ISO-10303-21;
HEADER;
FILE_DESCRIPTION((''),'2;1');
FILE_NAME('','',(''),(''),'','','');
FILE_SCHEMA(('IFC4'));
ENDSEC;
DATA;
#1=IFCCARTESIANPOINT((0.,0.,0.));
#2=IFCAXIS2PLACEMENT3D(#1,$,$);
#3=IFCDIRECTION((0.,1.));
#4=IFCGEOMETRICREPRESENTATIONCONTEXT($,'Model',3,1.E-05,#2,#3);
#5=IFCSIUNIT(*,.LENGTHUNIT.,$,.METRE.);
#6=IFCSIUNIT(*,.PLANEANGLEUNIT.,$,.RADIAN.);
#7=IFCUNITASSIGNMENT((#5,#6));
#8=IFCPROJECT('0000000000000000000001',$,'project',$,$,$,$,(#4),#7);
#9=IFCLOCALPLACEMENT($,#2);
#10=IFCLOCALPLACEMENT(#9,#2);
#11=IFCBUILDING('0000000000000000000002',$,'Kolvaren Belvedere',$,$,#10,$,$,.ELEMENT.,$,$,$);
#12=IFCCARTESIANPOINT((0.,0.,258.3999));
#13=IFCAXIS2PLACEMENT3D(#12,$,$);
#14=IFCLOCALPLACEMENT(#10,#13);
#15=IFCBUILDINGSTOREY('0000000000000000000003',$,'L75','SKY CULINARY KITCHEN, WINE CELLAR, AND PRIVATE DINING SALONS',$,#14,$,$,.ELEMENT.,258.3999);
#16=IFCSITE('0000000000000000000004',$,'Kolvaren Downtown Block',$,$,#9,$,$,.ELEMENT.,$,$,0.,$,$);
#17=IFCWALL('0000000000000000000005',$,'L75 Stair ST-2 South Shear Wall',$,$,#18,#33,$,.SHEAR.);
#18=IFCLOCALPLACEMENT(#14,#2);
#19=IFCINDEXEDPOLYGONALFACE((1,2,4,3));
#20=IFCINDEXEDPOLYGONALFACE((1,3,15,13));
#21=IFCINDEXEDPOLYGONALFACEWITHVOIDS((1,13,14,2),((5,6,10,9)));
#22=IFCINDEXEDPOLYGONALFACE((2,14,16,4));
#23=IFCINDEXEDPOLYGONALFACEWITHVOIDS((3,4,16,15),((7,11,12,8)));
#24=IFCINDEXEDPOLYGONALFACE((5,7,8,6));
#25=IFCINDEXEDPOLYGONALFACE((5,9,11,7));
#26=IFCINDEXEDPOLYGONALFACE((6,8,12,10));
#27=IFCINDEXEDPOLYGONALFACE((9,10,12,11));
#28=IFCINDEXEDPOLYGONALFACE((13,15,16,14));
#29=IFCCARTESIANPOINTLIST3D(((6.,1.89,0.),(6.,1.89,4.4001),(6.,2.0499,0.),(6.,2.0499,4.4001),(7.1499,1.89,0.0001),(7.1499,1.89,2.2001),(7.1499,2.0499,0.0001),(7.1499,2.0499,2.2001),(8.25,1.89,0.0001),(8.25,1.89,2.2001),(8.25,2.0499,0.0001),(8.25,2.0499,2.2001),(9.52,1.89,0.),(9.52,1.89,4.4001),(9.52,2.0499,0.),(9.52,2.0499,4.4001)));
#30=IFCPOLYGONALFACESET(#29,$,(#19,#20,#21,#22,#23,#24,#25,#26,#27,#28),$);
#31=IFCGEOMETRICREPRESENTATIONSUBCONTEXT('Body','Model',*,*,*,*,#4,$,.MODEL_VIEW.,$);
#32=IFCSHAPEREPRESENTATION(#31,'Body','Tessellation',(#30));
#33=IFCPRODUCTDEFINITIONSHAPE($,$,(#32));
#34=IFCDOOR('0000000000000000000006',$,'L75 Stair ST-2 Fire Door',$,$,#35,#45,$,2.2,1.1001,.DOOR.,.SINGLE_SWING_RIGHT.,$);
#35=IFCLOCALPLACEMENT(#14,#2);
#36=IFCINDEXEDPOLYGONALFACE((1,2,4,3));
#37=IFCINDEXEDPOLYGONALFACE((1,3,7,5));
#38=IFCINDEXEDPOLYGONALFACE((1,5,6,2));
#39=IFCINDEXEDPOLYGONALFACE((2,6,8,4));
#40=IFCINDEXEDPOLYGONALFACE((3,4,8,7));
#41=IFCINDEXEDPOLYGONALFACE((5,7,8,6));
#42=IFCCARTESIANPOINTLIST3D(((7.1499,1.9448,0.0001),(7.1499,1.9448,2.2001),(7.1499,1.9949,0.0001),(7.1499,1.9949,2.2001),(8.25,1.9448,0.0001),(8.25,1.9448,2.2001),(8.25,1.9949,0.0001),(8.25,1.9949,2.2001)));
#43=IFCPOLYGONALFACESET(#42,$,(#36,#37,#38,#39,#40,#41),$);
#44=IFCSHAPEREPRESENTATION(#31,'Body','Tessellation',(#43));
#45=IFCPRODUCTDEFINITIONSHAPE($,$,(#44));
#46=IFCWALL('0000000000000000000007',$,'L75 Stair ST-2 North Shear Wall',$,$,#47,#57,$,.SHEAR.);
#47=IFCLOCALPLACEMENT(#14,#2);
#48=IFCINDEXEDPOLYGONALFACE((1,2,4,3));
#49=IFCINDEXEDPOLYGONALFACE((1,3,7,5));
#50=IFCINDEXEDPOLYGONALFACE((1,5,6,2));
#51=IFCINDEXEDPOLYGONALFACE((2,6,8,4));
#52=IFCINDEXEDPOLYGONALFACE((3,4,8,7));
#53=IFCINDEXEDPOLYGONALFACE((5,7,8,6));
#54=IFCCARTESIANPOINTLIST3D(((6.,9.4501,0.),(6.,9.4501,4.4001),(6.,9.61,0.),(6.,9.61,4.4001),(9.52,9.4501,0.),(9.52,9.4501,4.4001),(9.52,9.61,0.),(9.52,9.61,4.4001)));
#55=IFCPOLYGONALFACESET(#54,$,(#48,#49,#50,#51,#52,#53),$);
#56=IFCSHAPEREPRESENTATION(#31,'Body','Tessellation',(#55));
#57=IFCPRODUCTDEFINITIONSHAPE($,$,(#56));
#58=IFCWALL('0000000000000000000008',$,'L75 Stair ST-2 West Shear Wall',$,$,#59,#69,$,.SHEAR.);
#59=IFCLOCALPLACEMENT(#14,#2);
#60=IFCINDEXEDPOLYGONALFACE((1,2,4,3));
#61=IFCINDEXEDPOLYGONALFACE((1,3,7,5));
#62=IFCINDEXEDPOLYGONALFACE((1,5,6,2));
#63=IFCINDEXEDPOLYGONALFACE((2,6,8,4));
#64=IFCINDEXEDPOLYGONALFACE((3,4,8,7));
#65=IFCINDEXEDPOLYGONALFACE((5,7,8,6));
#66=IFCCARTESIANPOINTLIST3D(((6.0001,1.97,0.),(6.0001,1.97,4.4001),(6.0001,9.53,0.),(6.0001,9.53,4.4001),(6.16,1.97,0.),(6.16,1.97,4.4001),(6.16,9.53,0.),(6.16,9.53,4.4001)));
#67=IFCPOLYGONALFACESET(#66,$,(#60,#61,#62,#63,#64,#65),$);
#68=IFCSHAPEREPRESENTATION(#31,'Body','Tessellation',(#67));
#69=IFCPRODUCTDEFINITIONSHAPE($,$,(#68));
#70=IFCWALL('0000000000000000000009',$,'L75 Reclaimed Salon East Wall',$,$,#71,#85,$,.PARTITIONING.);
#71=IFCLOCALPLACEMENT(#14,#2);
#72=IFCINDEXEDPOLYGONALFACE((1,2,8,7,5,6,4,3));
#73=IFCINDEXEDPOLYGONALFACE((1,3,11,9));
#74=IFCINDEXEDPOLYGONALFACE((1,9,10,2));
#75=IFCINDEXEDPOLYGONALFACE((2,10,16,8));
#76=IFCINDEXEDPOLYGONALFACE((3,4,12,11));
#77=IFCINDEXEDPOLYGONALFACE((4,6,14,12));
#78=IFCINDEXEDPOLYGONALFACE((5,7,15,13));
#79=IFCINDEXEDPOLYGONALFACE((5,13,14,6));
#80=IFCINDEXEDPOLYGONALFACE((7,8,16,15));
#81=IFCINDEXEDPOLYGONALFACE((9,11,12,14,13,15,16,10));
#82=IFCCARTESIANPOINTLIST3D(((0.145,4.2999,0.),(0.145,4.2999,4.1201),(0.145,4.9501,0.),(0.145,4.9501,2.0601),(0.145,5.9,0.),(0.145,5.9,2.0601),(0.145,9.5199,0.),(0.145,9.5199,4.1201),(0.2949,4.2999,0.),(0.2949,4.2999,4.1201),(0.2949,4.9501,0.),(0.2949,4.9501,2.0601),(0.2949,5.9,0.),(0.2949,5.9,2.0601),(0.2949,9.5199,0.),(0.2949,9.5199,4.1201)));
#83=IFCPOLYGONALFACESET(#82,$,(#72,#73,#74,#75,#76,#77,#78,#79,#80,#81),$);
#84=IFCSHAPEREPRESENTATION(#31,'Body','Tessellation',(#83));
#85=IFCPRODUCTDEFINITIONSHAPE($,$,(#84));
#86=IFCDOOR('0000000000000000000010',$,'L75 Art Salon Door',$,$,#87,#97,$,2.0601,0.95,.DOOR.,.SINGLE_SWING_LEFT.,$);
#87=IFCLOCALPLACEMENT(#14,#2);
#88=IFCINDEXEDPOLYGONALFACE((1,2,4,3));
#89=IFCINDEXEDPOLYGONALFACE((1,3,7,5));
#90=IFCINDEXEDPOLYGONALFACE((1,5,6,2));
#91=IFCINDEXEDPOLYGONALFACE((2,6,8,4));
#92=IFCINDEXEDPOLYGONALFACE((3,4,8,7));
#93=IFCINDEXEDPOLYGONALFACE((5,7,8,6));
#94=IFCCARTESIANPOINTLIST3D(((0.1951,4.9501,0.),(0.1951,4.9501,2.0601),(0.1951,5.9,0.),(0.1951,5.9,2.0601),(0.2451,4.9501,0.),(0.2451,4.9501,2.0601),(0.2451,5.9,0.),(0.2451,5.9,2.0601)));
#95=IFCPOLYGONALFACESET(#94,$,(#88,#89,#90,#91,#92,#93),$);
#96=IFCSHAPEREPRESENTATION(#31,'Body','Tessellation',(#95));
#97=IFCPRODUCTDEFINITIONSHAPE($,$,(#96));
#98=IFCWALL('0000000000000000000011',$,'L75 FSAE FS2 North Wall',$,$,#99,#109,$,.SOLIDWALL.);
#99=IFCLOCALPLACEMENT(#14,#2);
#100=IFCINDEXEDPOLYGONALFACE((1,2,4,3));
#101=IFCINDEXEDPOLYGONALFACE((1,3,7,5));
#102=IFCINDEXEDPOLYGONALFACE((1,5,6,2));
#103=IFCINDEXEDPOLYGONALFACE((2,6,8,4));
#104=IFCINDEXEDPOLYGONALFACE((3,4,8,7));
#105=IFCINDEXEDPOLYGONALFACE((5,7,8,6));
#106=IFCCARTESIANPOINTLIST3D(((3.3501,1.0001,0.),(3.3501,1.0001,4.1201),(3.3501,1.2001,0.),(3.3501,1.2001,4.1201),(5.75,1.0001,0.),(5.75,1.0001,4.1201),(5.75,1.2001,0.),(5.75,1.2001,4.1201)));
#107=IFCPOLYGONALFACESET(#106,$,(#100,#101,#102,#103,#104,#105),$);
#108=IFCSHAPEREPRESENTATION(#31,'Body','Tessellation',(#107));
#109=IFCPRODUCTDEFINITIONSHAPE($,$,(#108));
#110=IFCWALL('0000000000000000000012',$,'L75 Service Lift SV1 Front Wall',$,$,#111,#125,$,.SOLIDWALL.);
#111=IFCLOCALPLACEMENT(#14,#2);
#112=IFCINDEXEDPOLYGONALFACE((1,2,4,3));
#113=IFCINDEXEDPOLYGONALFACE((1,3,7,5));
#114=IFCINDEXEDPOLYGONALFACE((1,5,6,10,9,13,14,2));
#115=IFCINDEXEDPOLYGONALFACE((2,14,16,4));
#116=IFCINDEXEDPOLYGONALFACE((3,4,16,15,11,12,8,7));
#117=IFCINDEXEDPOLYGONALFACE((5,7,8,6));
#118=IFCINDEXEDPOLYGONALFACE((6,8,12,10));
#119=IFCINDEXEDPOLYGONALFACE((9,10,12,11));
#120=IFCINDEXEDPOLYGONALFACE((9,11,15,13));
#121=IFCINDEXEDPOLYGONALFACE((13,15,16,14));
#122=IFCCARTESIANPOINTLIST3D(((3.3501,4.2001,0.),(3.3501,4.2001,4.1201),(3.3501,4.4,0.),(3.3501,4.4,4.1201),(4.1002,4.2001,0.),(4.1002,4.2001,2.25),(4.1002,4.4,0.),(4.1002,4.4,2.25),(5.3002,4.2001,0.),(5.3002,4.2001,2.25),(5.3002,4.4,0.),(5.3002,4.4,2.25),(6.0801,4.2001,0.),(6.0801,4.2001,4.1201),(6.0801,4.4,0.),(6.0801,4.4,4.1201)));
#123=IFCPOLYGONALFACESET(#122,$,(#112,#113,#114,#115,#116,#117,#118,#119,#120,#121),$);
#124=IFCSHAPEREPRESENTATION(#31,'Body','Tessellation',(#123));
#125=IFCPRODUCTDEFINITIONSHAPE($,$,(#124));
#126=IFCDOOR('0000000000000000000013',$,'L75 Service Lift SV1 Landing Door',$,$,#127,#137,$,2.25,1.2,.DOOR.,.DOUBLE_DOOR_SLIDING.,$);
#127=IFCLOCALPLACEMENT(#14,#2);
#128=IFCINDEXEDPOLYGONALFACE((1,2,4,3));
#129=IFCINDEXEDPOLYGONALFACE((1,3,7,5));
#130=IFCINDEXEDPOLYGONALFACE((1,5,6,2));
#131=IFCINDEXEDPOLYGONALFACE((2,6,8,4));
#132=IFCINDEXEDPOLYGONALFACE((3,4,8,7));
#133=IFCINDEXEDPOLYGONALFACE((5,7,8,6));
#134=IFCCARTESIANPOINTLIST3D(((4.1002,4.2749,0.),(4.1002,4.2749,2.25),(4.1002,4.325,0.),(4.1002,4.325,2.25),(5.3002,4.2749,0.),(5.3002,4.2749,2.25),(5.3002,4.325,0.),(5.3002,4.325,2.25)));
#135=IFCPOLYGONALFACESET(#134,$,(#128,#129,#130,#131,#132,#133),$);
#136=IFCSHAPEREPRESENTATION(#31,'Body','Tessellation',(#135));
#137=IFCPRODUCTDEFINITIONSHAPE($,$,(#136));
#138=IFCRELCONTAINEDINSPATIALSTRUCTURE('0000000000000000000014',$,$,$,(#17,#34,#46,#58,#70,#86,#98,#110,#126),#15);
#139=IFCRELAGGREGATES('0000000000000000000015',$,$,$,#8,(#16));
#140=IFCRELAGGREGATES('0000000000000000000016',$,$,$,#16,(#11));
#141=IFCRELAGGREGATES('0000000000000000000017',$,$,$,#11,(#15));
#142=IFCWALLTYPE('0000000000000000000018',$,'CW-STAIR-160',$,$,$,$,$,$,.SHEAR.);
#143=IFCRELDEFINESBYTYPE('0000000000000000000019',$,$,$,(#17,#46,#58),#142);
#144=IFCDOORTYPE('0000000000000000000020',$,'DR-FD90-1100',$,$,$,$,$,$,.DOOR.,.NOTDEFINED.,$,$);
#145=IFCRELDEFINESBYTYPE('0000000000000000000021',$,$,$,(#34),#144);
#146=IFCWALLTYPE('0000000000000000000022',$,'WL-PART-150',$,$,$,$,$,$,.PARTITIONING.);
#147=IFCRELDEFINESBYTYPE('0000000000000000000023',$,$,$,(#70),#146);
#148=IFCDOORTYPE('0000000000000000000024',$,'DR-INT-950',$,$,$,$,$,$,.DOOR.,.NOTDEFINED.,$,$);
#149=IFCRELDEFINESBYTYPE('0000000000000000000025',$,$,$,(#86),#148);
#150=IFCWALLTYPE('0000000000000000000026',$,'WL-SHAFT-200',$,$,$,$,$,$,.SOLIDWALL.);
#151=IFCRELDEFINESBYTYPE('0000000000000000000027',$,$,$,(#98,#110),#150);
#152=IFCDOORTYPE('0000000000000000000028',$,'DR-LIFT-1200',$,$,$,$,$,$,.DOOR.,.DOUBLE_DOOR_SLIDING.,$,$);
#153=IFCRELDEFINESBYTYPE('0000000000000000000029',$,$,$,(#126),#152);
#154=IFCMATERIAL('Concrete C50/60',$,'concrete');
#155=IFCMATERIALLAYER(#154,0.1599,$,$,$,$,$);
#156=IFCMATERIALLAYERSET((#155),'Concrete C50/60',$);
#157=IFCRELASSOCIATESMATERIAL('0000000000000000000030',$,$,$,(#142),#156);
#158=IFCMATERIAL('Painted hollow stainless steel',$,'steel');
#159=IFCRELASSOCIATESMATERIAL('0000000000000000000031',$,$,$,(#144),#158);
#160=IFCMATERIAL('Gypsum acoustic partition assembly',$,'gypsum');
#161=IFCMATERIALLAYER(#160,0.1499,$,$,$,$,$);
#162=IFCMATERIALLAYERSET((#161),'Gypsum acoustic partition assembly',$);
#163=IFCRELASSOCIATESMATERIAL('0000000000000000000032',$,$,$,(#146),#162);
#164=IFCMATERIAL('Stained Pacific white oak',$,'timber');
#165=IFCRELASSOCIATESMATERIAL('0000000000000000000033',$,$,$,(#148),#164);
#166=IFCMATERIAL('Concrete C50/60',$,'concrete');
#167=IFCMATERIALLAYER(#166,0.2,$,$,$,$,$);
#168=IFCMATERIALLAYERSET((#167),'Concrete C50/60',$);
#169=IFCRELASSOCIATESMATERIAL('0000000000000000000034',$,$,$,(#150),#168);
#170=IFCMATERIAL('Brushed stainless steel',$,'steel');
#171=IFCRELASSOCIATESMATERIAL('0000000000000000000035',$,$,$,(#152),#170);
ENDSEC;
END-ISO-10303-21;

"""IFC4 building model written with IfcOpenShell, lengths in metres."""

from ifc_helpers import new_model, si_unit, direction, frame, frame_2d, origin, place, context, subcontext, project, spatial, rectangle, extrude, material, layer, layer_set, type_object, element, fill, save


model = new_model("IFC4")

# Units and contexts
model_context = context("Model", 3, precision=1e-05, world=origin(), true_north=direction((0.0, 1.0)))
body_context = subcontext(model_context, "Body", "Model", "MODEL_VIEW")
ifc_project = project(units=[si_unit("LENGTHUNIT", "METRE"), si_unit("PLANEANGLEUNIT", "RADIAN")], contexts=[model_context])

# Site, building, storey
site_placement = place(None, origin())
site = spatial("IfcSite", under=ifc_project, at=site_placement, Name="Kolvaren Downtown Block", CompositionType="ELEMENT", RefElevation=0.0)
building_placement = place(site_placement, origin())
building = spatial("IfcBuilding", under=site, at=building_placement, Name="Kolvaren Belvedere", CompositionType="ELEMENT")
storey_placement = place(building_placement, frame((0.0, 0.0, 258.3999)))
storey = spatial("IfcBuildingStorey", under=building, at=storey_placement, Name="L75", Description="SKY CULINARY KITCHEN, WINE CELLAR, AND PRIVATE DINING SALONS", CompositionType="ELEMENT", Elevation=258.3999)

# Wall, opening, door
ifc_material_1 = material(Name="Concrete C50/60", Category="concrete")
ifc_layer_1 = layer(ifc_material_1, 0.1599)
ifc_layer_set_1 = layer_set([ifc_layer_1], Name="Concrete C50/60")
wall_type_1 = type_object("IfcWallType", Name="CW-STAIR-160", PredefinedType="SHEAR", material=ifc_layer_set_1)
wall_1_placement = place(storey_placement, frame((6.0, 1.97, 0.0), z_axis=(0.0, 0.0, 1.0), x_axis=(1.0, 0.0, 0.0)))
wall_1 = element("IfcWall", 1, at=wall_1_placement, inside=storey, type_object=wall_type_1, Name="L75 Stair ST-2 South Shear Wall", PredefinedType="SHEAR", context=body_context, shape_type="SweptSolid", body=[
    extrude(rectangle(XDim=3.52, YDim=0.1599, at=frame_2d((1.76, 0.0))), origin(), (0.0, 0.0, 1.0), 4.4001),
])
opening_1_placement = place(wall_1_placement, frame((1.1499, 0.0, 0.0)))
opening_1 = element("IfcOpeningElement", 2, at=opening_1_placement, cuts=wall_1, PredefinedType="OPENING", context=body_context, shape_type="SweptSolid", body=[
    extrude(rectangle(XDim=1.1001, YDim=2.2, at=frame_2d((0.55, 1.1001))), frame((0.0, 0.0898, 0.0), z_axis=(0.0, -1.0, 0.0), x_axis=(1.0, 0.0, 0.0)), (0.0, 0.0, 1.0), 0.1799),
])
ifc_material_2 = material(Name="Painted hollow stainless steel", Category="steel")
door_type_1 = type_object("IfcDoorType", Name="DR-FD90-1100", OperationType="NOTDEFINED", PredefinedType="DOOR", material=ifc_material_2)
door_1_placement = place(opening_1_placement, origin())
door_1 = element("IfcDoor", 3, at=door_1_placement, inside=storey, type_object=door_type_1, Name="L75 Stair ST-2 Fire Door", OperationType="SINGLE_SWING_RIGHT", OverallHeight=2.2, OverallWidth=1.1001, PredefinedType="DOOR", context=body_context, shape_type="SweptSolid", body=[
    extrude(rectangle(XDim=1.1001, YDim=2.2, at=frame_2d((0.55, 1.1001))), frame((0.0, 0.0249, 0.0), z_axis=(0.0, -1.0, 0.0), x_axis=(1.0, 0.0, 0.0)), (0.0, 0.0, 1.0), 0.05),
])
fill(opening_1, door_1)

# Walls
wall_2_placement = place(storey_placement, frame((6.0, 9.53, 0.0), z_axis=(0.0, 0.0, 1.0), x_axis=(1.0, 0.0, 0.0)))
element("IfcWall", 4, at=wall_2_placement, inside=storey, type_object=wall_type_1, Name="L75 Stair ST-2 North Shear Wall", PredefinedType="SHEAR", context=body_context, shape_type="SweptSolid", body=[
    extrude(rectangle(XDim=3.52, YDim=0.1599, at=frame_2d((1.76, 0.0))), origin(), (0.0, 0.0, 1.0), 4.4001),
])
wall_3_placement = place(storey_placement, frame((6.0801, 1.97, 0.0), z_axis=(0.0, 0.0, 1.0), x_axis=(0.0, 1.0, 0.0)))
element("IfcWall", 5, at=wall_3_placement, inside=storey, type_object=wall_type_1, Name="L75 Stair ST-2 West Shear Wall", PredefinedType="SHEAR", context=body_context, shape_type="SweptSolid", body=[
    extrude(rectangle(XDim=7.5601, YDim=0.1599, at=frame_2d((3.78, 0.0))), origin(), (0.0, 0.0, 1.0), 4.4001),
])

# Wall, opening, door
ifc_material_3 = material(Name="Gypsum acoustic partition assembly", Category="gypsum")
ifc_layer_2 = layer(ifc_material_3, 0.1499)
ifc_layer_set_2 = layer_set([ifc_layer_2], Name="Gypsum acoustic partition assembly")
wall_type_2 = type_object("IfcWallType", Name="WL-PART-150", PredefinedType="PARTITIONING", material=ifc_layer_set_2)
wall_4_placement = place(storey_placement, frame((0.22, 4.3, 0.0), z_axis=(0.0, 0.0, 1.0), x_axis=(0.0, 1.0, 0.0)))
wall_4 = element("IfcWall", 6, at=wall_4_placement, inside=storey, type_object=wall_type_2, Name="L75 Reclaimed Salon East Wall", PredefinedType="PARTITIONING", context=body_context, shape_type="SweptSolid", body=[
    extrude(rectangle(XDim=5.22, YDim=0.1499, at=frame_2d((2.6099, 0.0))), origin(), (0.0, 0.0, 1.0), 4.1201),
])
opening_2_placement = place(wall_4_placement, frame((0.6499, 0.0, 0.0)))
opening_2 = element("IfcOpeningElement", 7, at=opening_2_placement, cuts=wall_4, PredefinedType="OPENING", context=body_context, shape_type="SweptSolid", body=[
    extrude(rectangle(XDim=0.95, YDim=2.0601, at=frame_2d((0.4751, 1.03))), frame((0.0, 0.085, 0.0), z_axis=(0.0, -1.0, 0.0), x_axis=(1.0, 0.0, 0.0)), (0.0, 0.0, 1.0), 0.1699),
])
ifc_material_4 = material(Name="Stained Pacific white oak", Category="timber")
door_type_2 = type_object("IfcDoorType", Name="DR-INT-950", OperationType="NOTDEFINED", PredefinedType="DOOR", material=ifc_material_4)
door_2_placement = place(opening_2_placement, origin())
door_2 = element("IfcDoor", 8, at=door_2_placement, inside=storey, type_object=door_type_2, Name="L75 Art Salon Door", OperationType="SINGLE_SWING_LEFT", OverallHeight=2.0601, OverallWidth=0.95, PredefinedType="DOOR", context=body_context, shape_type="SweptSolid", body=[
    extrude(rectangle(XDim=0.95, YDim=2.0601, at=frame_2d((0.4751, 1.03))), frame((0.0, 0.0249, 0.0), z_axis=(0.0, -1.0, 0.0), x_axis=(1.0, 0.0, 0.0)), (0.0, 0.0, 1.0), 0.05),
])
fill(opening_2, door_2)

# Wall
ifc_material_5 = material(Name="Concrete C50/60", Category="concrete")
ifc_layer_3 = layer(ifc_material_5, 0.2)
ifc_layer_set_3 = layer_set([ifc_layer_3], Name="Concrete C50/60")
wall_type_3 = type_object("IfcWallType", Name="WL-SHAFT-200", PredefinedType="SOLIDWALL", material=ifc_layer_set_3)
wall_5_placement = place(storey_placement, frame((3.3501, 1.1001, 0.0), z_axis=(0.0, 0.0, 1.0), x_axis=(1.0, 0.0, 0.0)))
element("IfcWall", 9, at=wall_5_placement, inside=storey, type_object=wall_type_3, Name="L75 FSAE FS2 North Wall", PredefinedType="SOLIDWALL", context=body_context, shape_type="SweptSolid", body=[
    extrude(rectangle(XDim=2.3999, YDim=0.2, at=frame_2d((1.2, 0.0))), origin(), (0.0, 0.0, 1.0), 4.1201),
])

# Wall, opening, door
wall_6_placement = place(storey_placement, frame((3.3501, 4.3, 0.0), z_axis=(0.0, 0.0, 1.0), x_axis=(1.0, 0.0, 0.0)))
wall_6 = element("IfcWall", 10, at=wall_6_placement, inside=storey, type_object=wall_type_3, Name="L75 Service Lift SV1 Front Wall", PredefinedType="SOLIDWALL", context=body_context, shape_type="SweptSolid", body=[
    extrude(rectangle(XDim=2.73, YDim=0.2, at=frame_2d((1.365, 0.0))), origin(), (0.0, 0.0, 1.0), 4.1201),
])
opening_3_placement = place(wall_6_placement, frame((0.75, 0.0, 0.0)))
opening_3 = element("IfcOpeningElement", 11, at=opening_3_placement, cuts=wall_6, PredefinedType="OPENING", context=body_context, shape_type="SweptSolid", body=[
    extrude(rectangle(XDim=1.2, YDim=2.25, at=frame_2d((0.6001, 1.125))), frame((0.0, 0.1099, 0.0), z_axis=(0.0, -1.0, 0.0), x_axis=(1.0, 0.0, 0.0)), (0.0, 0.0, 1.0), 0.22),
])
ifc_material_6 = material(Name="Brushed stainless steel", Category="steel")
door_type_3 = type_object("IfcDoorType", Name="DR-LIFT-1200", OperationType="DOUBLE_DOOR_SLIDING", PredefinedType="DOOR", material=ifc_material_6)
door_3_placement = place(opening_3_placement, origin())
door_3 = element("IfcDoor", 12, at=door_3_placement, inside=storey, type_object=door_type_3, Name="L75 Service Lift SV1 Landing Door", OperationType="DOUBLE_DOOR_SLIDING", OverallHeight=2.25, OverallWidth=1.2, PredefinedType="DOOR", context=body_context, shape_type="SweptSolid", body=[
    extrude(rectangle(XDim=1.2, YDim=2.25, at=frame_2d((0.6001, 1.125))), frame((0.0, 0.0249, 0.0), z_axis=(0.0, -1.0, 0.0), x_axis=(1.0, 0.0, 0.0)), (0.0, 0.0, 1.0), 0.05),
])
fill(opening_3, door_3)

save(model, "model.ifc")
